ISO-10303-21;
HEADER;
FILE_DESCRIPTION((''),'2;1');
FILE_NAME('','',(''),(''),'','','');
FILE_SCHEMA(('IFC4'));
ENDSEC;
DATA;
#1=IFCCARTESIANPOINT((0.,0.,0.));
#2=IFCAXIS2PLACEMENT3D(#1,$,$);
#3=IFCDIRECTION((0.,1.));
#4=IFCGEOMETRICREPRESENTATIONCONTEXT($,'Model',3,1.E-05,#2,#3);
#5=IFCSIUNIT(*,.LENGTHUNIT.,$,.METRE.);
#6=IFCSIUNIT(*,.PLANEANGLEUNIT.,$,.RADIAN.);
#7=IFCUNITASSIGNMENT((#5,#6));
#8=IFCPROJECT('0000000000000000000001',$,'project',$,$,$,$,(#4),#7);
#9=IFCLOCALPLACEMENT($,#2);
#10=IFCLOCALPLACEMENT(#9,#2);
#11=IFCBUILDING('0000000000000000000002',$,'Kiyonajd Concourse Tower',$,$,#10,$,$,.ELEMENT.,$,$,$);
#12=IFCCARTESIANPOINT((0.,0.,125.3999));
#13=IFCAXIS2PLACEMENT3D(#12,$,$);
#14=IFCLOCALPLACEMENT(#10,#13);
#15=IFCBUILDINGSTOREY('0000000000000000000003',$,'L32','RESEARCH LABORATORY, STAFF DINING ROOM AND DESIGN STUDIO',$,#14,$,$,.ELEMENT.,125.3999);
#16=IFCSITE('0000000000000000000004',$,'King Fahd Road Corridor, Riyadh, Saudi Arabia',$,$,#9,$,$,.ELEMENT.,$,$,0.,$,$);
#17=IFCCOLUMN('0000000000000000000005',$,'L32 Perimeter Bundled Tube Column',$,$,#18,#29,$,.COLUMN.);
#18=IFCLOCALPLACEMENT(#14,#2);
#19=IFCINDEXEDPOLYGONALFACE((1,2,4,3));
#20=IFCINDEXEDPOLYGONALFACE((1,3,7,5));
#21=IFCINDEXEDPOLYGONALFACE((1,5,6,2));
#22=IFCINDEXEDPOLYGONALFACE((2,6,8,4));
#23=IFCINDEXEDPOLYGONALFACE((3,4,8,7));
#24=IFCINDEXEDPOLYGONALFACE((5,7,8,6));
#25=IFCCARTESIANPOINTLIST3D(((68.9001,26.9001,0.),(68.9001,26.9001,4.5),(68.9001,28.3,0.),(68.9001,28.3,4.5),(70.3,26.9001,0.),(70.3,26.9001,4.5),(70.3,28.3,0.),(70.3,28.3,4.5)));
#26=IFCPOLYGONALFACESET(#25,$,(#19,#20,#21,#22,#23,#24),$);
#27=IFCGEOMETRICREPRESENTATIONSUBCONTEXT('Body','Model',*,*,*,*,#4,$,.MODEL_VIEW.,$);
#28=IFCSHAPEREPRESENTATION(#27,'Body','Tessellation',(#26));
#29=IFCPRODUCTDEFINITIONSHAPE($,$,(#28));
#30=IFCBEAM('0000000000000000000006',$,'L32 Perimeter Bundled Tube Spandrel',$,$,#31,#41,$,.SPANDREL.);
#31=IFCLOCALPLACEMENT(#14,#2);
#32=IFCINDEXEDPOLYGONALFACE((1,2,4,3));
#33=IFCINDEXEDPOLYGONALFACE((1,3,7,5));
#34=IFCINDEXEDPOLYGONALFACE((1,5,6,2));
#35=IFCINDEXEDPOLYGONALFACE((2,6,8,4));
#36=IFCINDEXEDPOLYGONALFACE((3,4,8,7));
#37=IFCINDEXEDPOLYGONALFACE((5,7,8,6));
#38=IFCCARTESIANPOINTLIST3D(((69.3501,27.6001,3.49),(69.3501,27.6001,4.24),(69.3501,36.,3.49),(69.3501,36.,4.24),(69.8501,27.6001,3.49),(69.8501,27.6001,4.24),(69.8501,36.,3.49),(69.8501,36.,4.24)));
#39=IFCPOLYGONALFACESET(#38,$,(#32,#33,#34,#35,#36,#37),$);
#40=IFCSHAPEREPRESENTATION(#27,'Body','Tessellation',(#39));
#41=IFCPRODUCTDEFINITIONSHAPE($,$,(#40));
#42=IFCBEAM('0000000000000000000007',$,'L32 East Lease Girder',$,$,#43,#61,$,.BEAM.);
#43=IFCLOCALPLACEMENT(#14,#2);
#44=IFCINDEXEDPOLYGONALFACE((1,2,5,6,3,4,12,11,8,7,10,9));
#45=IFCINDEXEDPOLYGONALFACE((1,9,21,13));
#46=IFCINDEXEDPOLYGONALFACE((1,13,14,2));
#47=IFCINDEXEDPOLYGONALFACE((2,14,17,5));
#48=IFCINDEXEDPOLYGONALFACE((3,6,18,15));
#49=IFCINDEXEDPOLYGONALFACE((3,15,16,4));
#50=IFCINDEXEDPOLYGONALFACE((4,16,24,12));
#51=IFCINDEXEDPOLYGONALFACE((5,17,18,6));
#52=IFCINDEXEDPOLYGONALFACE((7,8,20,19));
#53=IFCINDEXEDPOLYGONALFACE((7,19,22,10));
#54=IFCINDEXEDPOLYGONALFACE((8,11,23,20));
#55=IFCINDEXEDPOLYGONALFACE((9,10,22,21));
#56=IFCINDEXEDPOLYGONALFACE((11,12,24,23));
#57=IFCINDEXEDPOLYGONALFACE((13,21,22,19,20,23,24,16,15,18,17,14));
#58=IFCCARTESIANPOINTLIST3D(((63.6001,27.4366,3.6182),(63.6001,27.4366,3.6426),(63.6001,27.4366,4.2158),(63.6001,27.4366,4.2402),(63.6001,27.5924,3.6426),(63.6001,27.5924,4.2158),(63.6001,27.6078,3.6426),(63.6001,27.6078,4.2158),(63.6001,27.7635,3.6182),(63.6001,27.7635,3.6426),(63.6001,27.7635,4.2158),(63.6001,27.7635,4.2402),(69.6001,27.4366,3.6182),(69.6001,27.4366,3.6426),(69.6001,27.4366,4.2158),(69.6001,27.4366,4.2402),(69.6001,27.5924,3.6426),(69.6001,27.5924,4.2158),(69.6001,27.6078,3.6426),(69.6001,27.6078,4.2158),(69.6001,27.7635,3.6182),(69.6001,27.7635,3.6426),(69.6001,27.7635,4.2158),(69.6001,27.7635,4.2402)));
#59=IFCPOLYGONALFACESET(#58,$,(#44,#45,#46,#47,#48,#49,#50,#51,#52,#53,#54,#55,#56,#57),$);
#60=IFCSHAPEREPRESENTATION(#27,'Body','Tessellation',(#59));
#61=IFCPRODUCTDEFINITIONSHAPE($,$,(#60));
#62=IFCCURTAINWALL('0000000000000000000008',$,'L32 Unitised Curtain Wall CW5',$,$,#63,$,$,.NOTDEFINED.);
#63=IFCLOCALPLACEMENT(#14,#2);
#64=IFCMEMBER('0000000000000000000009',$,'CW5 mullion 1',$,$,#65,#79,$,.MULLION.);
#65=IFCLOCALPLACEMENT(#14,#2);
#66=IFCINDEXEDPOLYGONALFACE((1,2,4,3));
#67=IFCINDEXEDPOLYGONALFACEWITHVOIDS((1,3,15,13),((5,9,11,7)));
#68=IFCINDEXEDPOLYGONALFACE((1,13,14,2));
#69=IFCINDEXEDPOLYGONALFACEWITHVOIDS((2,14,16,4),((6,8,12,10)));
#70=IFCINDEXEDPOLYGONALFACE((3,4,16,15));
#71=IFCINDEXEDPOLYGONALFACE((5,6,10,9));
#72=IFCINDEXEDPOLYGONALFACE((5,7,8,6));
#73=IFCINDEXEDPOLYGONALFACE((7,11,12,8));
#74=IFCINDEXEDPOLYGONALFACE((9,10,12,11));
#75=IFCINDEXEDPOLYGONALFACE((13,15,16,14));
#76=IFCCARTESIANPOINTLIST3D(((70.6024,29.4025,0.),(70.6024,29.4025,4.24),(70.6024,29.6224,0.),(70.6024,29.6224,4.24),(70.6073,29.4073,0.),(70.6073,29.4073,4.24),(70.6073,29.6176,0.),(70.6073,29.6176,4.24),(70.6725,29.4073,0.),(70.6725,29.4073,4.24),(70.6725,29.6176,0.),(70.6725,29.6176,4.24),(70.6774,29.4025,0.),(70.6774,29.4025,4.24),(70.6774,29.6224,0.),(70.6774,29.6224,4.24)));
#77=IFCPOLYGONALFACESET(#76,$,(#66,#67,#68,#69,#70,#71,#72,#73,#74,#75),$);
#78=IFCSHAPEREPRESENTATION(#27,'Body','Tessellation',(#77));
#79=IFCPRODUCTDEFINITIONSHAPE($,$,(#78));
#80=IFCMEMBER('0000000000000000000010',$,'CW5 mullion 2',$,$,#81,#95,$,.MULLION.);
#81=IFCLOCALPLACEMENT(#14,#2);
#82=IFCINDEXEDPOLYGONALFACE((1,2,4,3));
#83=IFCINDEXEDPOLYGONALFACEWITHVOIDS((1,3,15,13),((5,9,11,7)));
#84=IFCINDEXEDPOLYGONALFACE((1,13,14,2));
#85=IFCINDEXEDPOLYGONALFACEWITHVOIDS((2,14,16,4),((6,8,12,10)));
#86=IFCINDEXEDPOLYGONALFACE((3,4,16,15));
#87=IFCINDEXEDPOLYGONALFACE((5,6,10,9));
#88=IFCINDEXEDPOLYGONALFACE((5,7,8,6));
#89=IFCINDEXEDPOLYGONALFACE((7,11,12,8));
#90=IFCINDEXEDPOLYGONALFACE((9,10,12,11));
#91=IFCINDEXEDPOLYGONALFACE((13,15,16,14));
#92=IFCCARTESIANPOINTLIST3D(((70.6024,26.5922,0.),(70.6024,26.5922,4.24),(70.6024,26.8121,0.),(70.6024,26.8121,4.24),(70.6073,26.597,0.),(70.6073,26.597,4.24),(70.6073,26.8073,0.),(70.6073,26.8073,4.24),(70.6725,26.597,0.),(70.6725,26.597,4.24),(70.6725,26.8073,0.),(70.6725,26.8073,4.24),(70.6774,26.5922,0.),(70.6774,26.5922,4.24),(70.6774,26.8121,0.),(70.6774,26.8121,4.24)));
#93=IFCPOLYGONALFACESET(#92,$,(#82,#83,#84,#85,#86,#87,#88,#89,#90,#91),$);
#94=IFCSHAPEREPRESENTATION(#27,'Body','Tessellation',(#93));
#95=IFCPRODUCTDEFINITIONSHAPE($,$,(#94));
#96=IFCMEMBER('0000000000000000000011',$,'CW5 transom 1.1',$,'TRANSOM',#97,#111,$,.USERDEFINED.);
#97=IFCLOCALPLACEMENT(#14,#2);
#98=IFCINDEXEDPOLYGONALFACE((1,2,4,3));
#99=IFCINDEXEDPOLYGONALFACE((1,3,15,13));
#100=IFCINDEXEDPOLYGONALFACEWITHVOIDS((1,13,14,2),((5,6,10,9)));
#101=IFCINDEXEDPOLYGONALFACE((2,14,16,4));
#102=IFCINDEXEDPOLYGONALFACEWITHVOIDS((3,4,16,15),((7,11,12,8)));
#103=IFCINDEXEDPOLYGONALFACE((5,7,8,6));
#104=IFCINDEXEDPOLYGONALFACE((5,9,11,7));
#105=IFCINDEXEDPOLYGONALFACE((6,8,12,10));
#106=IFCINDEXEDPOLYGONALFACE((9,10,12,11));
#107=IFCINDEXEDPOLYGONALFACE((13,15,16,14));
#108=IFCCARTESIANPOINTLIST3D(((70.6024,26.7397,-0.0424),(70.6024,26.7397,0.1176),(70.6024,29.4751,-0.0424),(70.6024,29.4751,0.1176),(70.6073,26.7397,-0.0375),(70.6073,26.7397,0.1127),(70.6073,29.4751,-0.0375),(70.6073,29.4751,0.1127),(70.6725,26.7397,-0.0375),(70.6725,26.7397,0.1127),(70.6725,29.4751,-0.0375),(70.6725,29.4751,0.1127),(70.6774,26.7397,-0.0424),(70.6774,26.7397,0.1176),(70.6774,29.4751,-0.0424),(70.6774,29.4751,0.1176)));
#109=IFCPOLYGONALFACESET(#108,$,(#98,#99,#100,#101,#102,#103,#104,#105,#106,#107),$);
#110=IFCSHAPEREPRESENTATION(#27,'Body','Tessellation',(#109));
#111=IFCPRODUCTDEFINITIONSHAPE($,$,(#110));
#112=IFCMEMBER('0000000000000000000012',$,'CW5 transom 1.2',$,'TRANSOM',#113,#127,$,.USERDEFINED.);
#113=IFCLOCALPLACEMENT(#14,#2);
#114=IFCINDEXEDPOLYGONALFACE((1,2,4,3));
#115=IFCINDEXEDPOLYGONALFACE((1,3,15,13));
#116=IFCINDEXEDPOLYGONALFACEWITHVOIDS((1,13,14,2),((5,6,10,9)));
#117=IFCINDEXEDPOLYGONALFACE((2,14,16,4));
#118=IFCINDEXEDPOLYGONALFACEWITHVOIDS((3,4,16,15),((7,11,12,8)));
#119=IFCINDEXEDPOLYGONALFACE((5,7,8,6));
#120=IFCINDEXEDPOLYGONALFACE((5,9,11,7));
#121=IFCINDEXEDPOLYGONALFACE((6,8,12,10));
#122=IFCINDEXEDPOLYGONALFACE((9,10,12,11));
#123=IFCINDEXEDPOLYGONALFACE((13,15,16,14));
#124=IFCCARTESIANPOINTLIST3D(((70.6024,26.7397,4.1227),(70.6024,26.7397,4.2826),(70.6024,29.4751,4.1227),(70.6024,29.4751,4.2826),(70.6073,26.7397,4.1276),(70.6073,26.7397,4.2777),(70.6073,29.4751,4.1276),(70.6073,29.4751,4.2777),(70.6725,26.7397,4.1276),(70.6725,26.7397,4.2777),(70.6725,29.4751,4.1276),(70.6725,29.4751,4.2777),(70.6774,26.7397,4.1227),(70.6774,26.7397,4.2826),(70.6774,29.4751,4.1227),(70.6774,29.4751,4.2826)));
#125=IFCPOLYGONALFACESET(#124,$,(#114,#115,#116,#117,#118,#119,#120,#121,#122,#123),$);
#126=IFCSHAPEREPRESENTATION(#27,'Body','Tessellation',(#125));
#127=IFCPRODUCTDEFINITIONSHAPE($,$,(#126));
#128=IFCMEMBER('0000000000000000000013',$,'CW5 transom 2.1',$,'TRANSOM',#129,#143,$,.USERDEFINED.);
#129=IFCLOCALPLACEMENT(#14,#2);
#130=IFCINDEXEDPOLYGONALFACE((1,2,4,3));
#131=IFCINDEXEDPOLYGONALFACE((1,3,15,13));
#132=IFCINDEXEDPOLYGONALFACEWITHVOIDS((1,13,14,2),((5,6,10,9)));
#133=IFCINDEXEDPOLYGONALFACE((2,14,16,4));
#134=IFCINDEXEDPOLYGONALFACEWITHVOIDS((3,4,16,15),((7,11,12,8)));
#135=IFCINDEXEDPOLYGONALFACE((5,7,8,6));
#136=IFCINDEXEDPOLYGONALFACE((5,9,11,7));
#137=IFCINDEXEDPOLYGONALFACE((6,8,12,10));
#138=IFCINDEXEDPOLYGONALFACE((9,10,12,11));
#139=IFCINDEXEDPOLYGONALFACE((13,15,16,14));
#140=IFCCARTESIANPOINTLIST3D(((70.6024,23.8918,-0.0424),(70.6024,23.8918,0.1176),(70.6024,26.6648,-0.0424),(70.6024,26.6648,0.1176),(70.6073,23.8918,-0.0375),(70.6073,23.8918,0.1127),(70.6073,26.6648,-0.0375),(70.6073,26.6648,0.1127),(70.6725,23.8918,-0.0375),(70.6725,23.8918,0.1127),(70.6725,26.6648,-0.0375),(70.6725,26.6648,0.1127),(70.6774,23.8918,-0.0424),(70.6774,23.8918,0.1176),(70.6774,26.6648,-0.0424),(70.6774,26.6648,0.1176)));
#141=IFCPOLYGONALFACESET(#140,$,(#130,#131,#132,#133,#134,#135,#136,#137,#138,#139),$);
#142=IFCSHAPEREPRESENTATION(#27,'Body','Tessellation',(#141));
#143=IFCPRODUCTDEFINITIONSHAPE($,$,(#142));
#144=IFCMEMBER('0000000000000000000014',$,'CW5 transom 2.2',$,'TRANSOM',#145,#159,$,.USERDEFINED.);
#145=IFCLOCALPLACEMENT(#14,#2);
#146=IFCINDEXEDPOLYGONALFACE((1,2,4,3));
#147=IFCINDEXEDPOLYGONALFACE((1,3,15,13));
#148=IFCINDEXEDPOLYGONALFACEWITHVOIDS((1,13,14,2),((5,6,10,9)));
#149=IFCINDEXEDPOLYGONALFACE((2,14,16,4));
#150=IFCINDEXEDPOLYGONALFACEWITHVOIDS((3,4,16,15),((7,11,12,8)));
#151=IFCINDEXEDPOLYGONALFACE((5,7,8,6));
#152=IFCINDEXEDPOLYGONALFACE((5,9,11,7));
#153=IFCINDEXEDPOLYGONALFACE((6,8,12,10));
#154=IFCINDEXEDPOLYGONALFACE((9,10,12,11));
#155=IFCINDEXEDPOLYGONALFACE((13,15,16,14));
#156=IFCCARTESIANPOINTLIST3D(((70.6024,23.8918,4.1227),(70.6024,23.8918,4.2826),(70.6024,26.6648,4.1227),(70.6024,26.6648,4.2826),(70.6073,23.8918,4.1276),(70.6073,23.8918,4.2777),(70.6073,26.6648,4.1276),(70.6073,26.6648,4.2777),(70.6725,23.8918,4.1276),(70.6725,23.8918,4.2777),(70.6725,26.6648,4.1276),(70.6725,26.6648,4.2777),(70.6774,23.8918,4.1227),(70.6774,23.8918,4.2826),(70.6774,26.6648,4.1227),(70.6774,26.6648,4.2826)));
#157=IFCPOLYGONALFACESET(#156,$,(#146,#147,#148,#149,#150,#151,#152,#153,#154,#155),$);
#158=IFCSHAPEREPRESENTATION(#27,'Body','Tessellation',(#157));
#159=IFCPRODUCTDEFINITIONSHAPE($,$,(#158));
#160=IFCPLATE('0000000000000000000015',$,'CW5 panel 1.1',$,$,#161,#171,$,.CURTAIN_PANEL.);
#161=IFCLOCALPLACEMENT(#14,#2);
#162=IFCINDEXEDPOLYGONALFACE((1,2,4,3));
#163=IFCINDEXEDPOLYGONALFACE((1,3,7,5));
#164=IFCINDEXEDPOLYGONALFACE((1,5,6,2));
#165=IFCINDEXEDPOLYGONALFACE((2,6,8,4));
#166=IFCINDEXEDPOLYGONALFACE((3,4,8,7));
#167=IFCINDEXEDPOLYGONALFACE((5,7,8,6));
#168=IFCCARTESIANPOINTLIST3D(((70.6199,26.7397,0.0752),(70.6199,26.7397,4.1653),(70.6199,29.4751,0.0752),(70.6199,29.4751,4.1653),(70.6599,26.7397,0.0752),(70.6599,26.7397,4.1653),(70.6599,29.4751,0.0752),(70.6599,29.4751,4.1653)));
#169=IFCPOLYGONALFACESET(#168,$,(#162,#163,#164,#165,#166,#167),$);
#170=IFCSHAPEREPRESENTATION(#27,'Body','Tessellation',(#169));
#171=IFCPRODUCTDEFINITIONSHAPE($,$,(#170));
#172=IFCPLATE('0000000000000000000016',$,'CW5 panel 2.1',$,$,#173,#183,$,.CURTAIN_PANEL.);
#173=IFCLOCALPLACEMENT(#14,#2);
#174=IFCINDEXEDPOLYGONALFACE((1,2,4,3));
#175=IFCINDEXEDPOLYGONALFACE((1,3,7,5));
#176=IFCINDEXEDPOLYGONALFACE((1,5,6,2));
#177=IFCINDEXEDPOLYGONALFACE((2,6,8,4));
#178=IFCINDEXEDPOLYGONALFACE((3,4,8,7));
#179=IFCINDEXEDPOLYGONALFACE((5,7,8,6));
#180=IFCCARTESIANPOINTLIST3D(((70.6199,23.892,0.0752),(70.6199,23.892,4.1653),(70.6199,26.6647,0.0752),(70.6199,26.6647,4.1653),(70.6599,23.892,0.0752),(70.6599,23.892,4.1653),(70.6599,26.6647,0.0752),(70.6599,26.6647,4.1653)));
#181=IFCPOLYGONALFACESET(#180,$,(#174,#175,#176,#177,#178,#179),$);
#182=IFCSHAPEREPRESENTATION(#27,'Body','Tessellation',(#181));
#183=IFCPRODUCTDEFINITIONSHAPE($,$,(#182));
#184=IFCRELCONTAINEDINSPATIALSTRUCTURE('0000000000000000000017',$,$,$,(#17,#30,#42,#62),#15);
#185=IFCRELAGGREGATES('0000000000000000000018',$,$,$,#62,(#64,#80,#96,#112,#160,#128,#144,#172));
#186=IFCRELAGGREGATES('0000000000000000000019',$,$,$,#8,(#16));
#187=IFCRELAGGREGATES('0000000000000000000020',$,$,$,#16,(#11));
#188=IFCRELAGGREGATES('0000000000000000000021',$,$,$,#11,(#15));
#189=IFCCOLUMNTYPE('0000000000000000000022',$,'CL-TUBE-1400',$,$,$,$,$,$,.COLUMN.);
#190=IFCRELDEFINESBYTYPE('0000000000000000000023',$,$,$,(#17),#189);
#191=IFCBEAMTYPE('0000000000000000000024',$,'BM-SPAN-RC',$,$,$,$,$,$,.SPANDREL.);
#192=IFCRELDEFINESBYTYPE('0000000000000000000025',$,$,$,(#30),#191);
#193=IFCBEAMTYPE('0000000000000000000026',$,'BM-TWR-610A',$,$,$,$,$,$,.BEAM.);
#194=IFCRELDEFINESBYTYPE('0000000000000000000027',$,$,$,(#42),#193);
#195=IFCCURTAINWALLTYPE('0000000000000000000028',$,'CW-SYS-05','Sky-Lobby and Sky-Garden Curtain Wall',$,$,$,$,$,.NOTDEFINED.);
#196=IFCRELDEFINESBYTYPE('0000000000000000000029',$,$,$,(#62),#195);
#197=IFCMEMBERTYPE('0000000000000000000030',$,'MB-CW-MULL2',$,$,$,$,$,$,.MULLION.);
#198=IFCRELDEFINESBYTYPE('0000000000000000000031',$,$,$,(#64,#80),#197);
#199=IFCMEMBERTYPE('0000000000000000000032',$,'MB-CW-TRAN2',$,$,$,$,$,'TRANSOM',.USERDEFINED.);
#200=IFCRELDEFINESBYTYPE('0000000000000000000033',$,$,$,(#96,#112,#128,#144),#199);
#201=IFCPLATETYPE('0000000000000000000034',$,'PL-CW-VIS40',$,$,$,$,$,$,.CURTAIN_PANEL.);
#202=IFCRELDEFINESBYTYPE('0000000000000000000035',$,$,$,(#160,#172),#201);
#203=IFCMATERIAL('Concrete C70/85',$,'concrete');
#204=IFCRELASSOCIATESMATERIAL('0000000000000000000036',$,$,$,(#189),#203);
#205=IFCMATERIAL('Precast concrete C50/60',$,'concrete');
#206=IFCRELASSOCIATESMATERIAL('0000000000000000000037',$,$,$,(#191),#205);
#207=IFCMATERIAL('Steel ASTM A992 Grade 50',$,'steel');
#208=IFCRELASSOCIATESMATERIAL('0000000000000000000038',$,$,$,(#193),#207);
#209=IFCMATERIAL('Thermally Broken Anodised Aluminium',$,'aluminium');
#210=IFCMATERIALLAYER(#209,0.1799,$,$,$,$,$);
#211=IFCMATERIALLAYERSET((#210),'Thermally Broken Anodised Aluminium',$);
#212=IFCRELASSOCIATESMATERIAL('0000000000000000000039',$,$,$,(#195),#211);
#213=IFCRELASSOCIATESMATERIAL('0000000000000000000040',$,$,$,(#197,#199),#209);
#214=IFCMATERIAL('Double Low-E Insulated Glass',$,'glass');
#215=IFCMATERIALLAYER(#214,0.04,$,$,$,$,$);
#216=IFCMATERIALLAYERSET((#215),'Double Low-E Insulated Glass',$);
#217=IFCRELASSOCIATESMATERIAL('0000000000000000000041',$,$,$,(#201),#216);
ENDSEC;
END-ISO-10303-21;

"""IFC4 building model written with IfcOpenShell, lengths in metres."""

from ifc_helpers import new_model, si_unit, direction, frame, origin, origin_2d, place, context, subcontext, project, spatial, rectangle, hollow_rectangle, i_section, extrude, material, layer, layer_set, material_profile, profile_set, type_object, element, aggregate, save


model = new_model("IFC4")

# Units and contexts
model_context = context("Model", 3, precision=1e-05, world=origin(), true_north=direction((0.0, 1.0)))
body_context = subcontext(model_context, "Body", "Model", "MODEL_VIEW")
ifc_project = project(units=[si_unit("LENGTHUNIT", "METRE"), si_unit("PLANEANGLEUNIT", "RADIAN")], contexts=[model_context])

# Site, building, storey
site_placement = place(None, origin())
site = spatial("IfcSite", under=ifc_project, at=site_placement, Name="King Fahd Road Corridor, Riyadh, Saudi Arabia", CompositionType="ELEMENT", RefElevation=0.0)
building_placement = place(site_placement, origin())
building = spatial("IfcBuilding", under=site, at=building_placement, Name="Kiyonajd Concourse Tower", CompositionType="ELEMENT")
storey_placement = place(building_placement, frame((0.0, 0.0, 125.3999)))
storey = spatial("IfcBuildingStorey", under=building, at=storey_placement, Name="L32", Description="RESEARCH LABORATORY, STAFF DINING ROOM AND DESIGN STUDIO", CompositionType="ELEMENT", Elevation=125.3999)

# Column
ifc_material_1 = material(Name="Concrete C70/85", Category="concrete")
ifc_material_profile_1 = material_profile(ifc_material_1, rectangle(XDim=1.3999, YDim=1.3999, at=origin_2d()), Name="RC-1400x1400")
ifc_profile_set_1 = profile_set([ifc_material_profile_1], Name="Concrete C70/85")
column_type = type_object("IfcColumnType", Name="CL-TUBE-1400", PredefinedType="COLUMN", material=ifc_profile_set_1)
column_placement = place(storey_placement, frame((69.6001, 27.6001, 0.0), z_axis=(0.0, 0.0, 1.0), x_axis=(1.0, 0.0, 0.0)))
element("IfcColumn", 1, at=column_placement, inside=storey, type_object=column_type, Name="L32 Perimeter Bundled Tube Column", PredefinedType="COLUMN", context=body_context, shape_type="SweptSolid", body=[
    extrude(rectangle(XDim=1.3999, YDim=1.3999, at=origin_2d()), origin(), (0.0, 0.0, 1.0), 4.5),
])

# Beams
ifc_material_2 = material(Name="Precast concrete C50/60", Category="concrete")
ifc_material_profile_2 = material_profile(ifc_material_2, rectangle(XDim=0.5, YDim=0.75, at=origin_2d()), Name="RCBM-500x750")
ifc_profile_set_2 = profile_set([ifc_material_profile_2], Name="Precast concrete C50/60")
beam_type_1 = type_object("IfcBeamType", Name="BM-SPAN-RC", PredefinedType="SPANDREL", material=ifc_profile_set_2)
beam_1_placement = place(storey_placement, frame((69.6001, 27.6001, 3.865), z_axis=(0.0, 1.0, 0.0), x_axis=(-1.0, 0.0, 0.0)))
element("IfcBeam", 2, at=beam_1_placement, inside=storey, type_object=beam_type_1, Name="L32 Perimeter Bundled Tube Spandrel", PredefinedType="SPANDREL", context=body_context, shape_type="SweptSolid", body=[
    extrude(rectangle(XDim=0.5, YDim=0.75, at=origin_2d()), origin(), (0.0, 0.0, 1.0), 8.3999),
])
ifc_material_3 = material(Name="Steel ASTM A992 Grade 50", Category="steel")
ifc_material_profile_3 = material_profile(ifc_material_3, i_section(OverallWidth=0.3269, OverallDepth=0.6221, WebThickness=0.0154, FlangeThickness=0.0244, at=origin_2d()), Name="W610X195")
ifc_profile_set_3 = profile_set([ifc_material_profile_3], Name="Steel ASTM A992 Grade 50")
beam_type_2 = type_object("IfcBeamType", Name="BM-TWR-610A", PredefinedType="BEAM", material=ifc_profile_set_3)
beam_2_placement = place(storey_placement, frame((63.6001, 27.6001, 3.9292), z_axis=(1.0, 0.0, 0.0), x_axis=(0.0, 1.0, 0.0)))
element("IfcBeam", 3, at=beam_2_placement, inside=storey, type_object=beam_type_2, Name="L32 East Lease Girder", PredefinedType="BEAM", context=body_context, shape_type="SweptSolid", body=[
    extrude(i_section(OverallWidth=0.3269, OverallDepth=0.6221, WebThickness=0.0154, FlangeThickness=0.0244, at=origin_2d()), origin(), (0.0, 0.0, 1.0), 6.0),
])

# Curtain wall, members, plates
ifc_material_4 = material(Name="Thermally Broken Anodised Aluminium", Category="aluminium")
ifc_layer_1 = layer(ifc_material_4, 0.1799)
ifc_layer_set_1 = layer_set([ifc_layer_1], Name="Thermally Broken Anodised Aluminium")
curtain_wall_type = type_object("IfcCurtainWallType", Name="CW-SYS-05", Description="Sky-Lobby and Sky-Garden Curtain Wall", PredefinedType="NOTDEFINED", material=ifc_layer_set_1)
curtain_wall_placement = place(storey_placement, origin())
curtain_wall = element("IfcCurtainWall", 4, at=curtain_wall_placement, inside=storey, type_object=curtain_wall_type, Name="L32 Unitised Curtain Wall CW5", PredefinedType="NOTDEFINED")
ifc_material_profile_4 = material_profile(ifc_material_4, hollow_rectangle(XDim=0.075, YDim=0.22, WallThickness=0.0049, at=origin_2d()), Name="MULL-75x220")
ifc_profile_set_4 = profile_set([ifc_material_profile_4], Name="Thermally Broken Anodised Aluminium")
member_type_1 = type_object("IfcMemberType", Name="MB-CW-MULL2", PredefinedType="MULLION", material=ifc_profile_set_4)
member_1_placement = place(storey_placement, frame((70.6399, 29.5125, 0.0), z_axis=(0.0, 0.0, 1.0), x_axis=(1.0, 0.0, 0.0)))
member_1 = element("IfcMember", 5, at=member_1_placement, type_object=member_type_1, Name="CW5 mullion 1", PredefinedType="MULLION", context=body_context, shape_type="SweptSolid", body=[
    extrude(hollow_rectangle(XDim=0.075, YDim=0.22, WallThickness=0.0049, at=origin_2d()), origin(), (0.0, 0.0, 1.0), 4.24),
])
member_2_placement = place(storey_placement, frame((70.6399, 26.7021, 0.0), z_axis=(0.0, 0.0, 1.0), x_axis=(1.0, 0.0, 0.0)))
member_2 = element("IfcMember", 6, at=member_2_placement, type_object=member_type_1, Name="CW5 mullion 2", PredefinedType="MULLION", context=body_context, shape_type="SweptSolid", body=[
    extrude(hollow_rectangle(XDim=0.075, YDim=0.22, WallThickness=0.0049, at=origin_2d()), origin(), (0.0, 0.0, 1.0), 4.24),
])
ifc_material_profile_5 = material_profile(ifc_material_4, hollow_rectangle(XDim=0.075, YDim=0.1599, WallThickness=0.0049, at=origin_2d()), Name="TRAN-75x160")
ifc_profile_set_5 = profile_set([ifc_material_profile_5], Name="Thermally Broken Anodised Aluminium")
member_type_2 = type_object("IfcMemberType", Name="MB-CW-TRAN2", ElementType="TRANSOM", PredefinedType="USERDEFINED", material=ifc_profile_set_5)
member_3_placement = place(storey_placement, frame((70.6399, 29.4751, 0.0376), z_axis=(0.0, -1.0, 0.0), x_axis=(1.0, 0.0, 0.0)))
member_3 = element("IfcMember", 7, at=member_3_placement, type_object=member_type_2, Name="CW5 transom 1.1", ObjectType="TRANSOM", PredefinedType="USERDEFINED", context=body_context, shape_type="SweptSolid", body=[
    extrude(hollow_rectangle(XDim=0.075, YDim=0.1599, WallThickness=0.0049, at=origin_2d()), origin(), (0.0, 0.0, 1.0), 2.7354),
])
member_4_placement = place(storey_placement, frame((70.6399, 29.4751, 4.2026), z_axis=(0.0, -1.0, 0.0), x_axis=(1.0, 0.0, 0.0)))
member_4 = element("IfcMember", 8, at=member_4_placement, type_object=member_type_2, Name="CW5 transom 1.2", ObjectType="TRANSOM", PredefinedType="USERDEFINED", context=body_context, shape_type="SweptSolid", body=[
    extrude(hollow_rectangle(XDim=0.075, YDim=0.1599, WallThickness=0.0049, at=origin_2d()), origin(), (0.0, 0.0, 1.0), 2.7354),
])
member_5_placement = place(storey_placement, frame((70.6399, 26.6648, 0.0376), z_axis=(0.0, -1.0, 0.0), x_axis=(1.0, 0.0, 0.0)))
member_5 = element("IfcMember", 9, at=member_5_placement, type_object=member_type_2, Name="CW5 transom 2.1", ObjectType="TRANSOM", PredefinedType="USERDEFINED", context=body_context, shape_type="SweptSolid", body=[
    extrude(hollow_rectangle(XDim=0.075, YDim=0.1599, WallThickness=0.0049, at=origin_2d()), origin(), (0.0, 0.0, 1.0), 2.7729),
])
member_6_placement = place(storey_placement, frame((70.6399, 26.6648, 4.2026), z_axis=(0.0, -1.0, 0.0), x_axis=(1.0, 0.0, 0.0)))
member_6 = element("IfcMember", 10, at=member_6_placement, type_object=member_type_2, Name="CW5 transom 2.2", ObjectType="TRANSOM", PredefinedType="USERDEFINED", context=body_context, shape_type="SweptSolid", body=[
    extrude(hollow_rectangle(XDim=0.075, YDim=0.1599, WallThickness=0.0049, at=origin_2d()), origin(), (0.0, 0.0, 1.0), 2.7729),
])
ifc_material_5 = material(Name="Double Low-E Insulated Glass", Category="glass")
ifc_layer_2 = layer(ifc_material_5, 0.04)
ifc_layer_set_2 = layer_set([ifc_layer_2], Name="Double Low-E Insulated Glass")
plate_type_1 = type_object("IfcPlateType", Name="PL-CW-VIS40", PredefinedType="CURTAIN_PANEL", material=ifc_layer_set_2)
plate_1_placement = place(storey_placement, frame((70.6399, 28.1074, 0.0752), z_axis=(0.0, 0.0, 1.0), x_axis=(0.0, -1.0, 0.0)))
plate_1 = element("IfcPlate", 11, at=plate_1_placement, type_object=plate_type_1, Name="CW5 panel 1.1", PredefinedType="CURTAIN_PANEL", context=body_context, shape_type="SweptSolid", body=[
    extrude(rectangle(XDim=2.7354, YDim=0.04, at=origin_2d()), origin(), (0.0, 0.0, 1.0), 4.0901),
])
plate_2_placement = place(storey_placement, frame((70.6399, 25.2783, 0.0752), z_axis=(0.0, 0.0, 1.0), x_axis=(0.0, -1.0, 0.0)))
plate_2 = element("IfcPlate", 12, at=plate_2_placement, type_object=plate_type_1, Name="CW5 panel 2.1", PredefinedType="CURTAIN_PANEL", context=body_context, shape_type="SweptSolid", body=[
    extrude(rectangle(XDim=2.7727, YDim=0.04, at=origin_2d()), origin(), (0.0, 0.0, 1.0), 4.0901),
])
aggregate(curtain_wall, [member_1, member_2, member_3, member_4, plate_1, member_5, member_6, plate_2])

save(model, "model.ifc")
